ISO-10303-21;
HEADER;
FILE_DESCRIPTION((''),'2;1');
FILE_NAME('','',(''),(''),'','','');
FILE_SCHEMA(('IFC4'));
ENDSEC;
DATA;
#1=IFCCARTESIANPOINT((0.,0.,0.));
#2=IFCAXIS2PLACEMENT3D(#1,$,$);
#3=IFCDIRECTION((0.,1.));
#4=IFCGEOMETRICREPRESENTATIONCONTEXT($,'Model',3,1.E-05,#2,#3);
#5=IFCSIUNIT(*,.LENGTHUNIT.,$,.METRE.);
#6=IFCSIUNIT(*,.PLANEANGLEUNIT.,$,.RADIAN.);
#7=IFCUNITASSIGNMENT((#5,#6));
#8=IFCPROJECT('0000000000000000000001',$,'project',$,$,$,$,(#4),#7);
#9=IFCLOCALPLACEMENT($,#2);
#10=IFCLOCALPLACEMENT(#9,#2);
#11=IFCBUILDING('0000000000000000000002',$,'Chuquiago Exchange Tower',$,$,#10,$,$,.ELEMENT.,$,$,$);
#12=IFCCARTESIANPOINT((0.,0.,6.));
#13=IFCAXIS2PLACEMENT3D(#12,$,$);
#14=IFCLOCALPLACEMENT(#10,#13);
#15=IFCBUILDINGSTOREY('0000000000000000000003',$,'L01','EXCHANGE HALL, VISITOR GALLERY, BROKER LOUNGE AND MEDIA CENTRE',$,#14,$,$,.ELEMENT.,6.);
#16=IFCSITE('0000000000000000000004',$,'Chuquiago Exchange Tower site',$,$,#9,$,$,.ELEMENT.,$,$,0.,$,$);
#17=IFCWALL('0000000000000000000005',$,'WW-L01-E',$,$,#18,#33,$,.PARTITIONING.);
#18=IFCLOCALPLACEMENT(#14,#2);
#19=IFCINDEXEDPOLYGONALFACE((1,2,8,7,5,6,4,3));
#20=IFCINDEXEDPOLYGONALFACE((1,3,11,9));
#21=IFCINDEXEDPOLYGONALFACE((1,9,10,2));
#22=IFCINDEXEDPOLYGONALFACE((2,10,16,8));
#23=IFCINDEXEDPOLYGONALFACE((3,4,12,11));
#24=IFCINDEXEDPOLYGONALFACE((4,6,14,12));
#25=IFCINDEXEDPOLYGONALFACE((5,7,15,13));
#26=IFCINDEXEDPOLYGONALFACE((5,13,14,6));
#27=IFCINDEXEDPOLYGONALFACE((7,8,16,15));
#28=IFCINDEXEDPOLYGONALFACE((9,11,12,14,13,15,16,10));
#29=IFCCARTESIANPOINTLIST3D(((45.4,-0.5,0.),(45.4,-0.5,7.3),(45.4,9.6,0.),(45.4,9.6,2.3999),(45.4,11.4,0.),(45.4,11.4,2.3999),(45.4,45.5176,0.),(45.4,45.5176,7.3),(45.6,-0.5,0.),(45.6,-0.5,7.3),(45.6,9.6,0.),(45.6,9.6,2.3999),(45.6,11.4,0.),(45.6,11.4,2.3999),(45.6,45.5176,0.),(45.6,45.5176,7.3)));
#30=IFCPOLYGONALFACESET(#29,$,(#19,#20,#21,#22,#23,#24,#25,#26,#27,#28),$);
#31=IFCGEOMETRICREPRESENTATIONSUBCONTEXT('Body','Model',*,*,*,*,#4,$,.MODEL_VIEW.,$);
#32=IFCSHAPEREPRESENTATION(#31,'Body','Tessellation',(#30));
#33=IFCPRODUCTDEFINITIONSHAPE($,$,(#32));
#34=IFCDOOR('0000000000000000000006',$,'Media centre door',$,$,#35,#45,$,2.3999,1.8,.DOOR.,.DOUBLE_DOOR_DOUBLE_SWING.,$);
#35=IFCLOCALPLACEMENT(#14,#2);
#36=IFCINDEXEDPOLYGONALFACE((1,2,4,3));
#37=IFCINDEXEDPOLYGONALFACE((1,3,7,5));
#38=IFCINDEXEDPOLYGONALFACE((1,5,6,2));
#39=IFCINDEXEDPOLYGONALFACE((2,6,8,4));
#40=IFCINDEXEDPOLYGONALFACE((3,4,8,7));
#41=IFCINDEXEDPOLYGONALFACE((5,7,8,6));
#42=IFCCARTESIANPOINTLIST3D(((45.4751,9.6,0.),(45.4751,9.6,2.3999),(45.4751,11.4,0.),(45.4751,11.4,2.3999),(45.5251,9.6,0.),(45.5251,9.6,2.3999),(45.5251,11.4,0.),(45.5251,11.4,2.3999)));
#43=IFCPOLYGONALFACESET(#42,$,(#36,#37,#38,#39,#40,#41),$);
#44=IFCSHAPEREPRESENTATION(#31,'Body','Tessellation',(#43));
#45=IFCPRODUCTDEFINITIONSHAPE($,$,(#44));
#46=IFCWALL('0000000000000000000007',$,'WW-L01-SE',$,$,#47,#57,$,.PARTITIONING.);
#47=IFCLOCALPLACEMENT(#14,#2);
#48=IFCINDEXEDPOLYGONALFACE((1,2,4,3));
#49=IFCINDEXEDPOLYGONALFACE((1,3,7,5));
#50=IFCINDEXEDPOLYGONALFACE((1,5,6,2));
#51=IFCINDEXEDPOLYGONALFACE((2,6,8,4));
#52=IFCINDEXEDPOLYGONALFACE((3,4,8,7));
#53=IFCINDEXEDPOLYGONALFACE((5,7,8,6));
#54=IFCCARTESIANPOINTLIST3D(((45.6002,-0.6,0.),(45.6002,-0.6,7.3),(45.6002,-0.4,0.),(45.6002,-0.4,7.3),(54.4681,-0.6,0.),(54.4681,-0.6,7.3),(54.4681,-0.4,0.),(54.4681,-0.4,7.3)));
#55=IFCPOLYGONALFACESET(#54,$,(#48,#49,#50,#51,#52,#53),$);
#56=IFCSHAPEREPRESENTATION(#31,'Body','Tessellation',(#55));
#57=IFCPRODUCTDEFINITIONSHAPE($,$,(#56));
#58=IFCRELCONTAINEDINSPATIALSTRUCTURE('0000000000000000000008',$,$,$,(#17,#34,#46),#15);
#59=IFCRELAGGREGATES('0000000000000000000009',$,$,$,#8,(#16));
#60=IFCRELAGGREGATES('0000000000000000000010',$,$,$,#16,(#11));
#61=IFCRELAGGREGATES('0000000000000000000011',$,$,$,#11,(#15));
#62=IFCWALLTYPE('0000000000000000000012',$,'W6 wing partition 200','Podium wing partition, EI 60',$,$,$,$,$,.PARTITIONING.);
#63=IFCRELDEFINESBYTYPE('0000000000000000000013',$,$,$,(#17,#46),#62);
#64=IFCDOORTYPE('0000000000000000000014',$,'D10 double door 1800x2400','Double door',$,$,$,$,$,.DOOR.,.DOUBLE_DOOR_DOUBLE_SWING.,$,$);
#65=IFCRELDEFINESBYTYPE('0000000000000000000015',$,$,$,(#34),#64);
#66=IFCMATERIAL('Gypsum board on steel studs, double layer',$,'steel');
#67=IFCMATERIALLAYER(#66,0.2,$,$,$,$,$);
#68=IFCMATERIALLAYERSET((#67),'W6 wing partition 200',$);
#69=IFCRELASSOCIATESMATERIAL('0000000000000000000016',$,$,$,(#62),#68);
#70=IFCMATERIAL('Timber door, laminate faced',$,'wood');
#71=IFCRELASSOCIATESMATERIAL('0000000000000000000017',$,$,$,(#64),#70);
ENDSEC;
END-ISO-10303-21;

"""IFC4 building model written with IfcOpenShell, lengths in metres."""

from ifc_helpers import new_model, si_unit, direction, frame, frame_2d, origin, place, context, subcontext, project, spatial, rectangle, extrude, material, layer, layer_set, type_object, element, fill, save


model = new_model("IFC4")

# Units and contexts
model_context = context("Model", 3, precision=1e-05, world=origin(), true_north=direction((0.0, 1.0)))
body_context = subcontext(model_context, "Body", "Model", "MODEL_VIEW")
ifc_project = project(units=[si_unit("LENGTHUNIT", "METRE"), si_unit("PLANEANGLEUNIT", "RADIAN")], contexts=[model_context])

# Site, building, storey
site_placement = place(None, origin())
site = spatial("IfcSite", under=ifc_project, at=site_placement, Name="Chuquiago Exchange Tower site", CompositionType="ELEMENT", RefElevation=0.0)
building_placement = place(site_placement, origin())
building = spatial("IfcBuilding", under=site, at=building_placement, Name="Chuquiago Exchange Tower", CompositionType="ELEMENT")
storey_placement = place(building_placement, frame((0.0, 0.0, 6.0)))
storey = spatial("IfcBuildingStorey", under=building, at=storey_placement, Name="L01", Description="EXCHANGE HALL, VISITOR GALLERY, BROKER LOUNGE AND MEDIA CENTRE", CompositionType="ELEMENT", Elevation=6.0)

# Wall, opening, door
ifc_material_1 = material(Name="Gypsum board on steel studs, double layer", Category="steel")
ifc_layer_1 = layer(ifc_material_1, 0.2)
ifc_layer_set_1 = layer_set([ifc_layer_1], Name="W6 wing partition 200")
wall_type = type_object("IfcWallType", Name="W6 wing partition 200", Description="Podium wing partition, EI 60", PredefinedType="PARTITIONING", material=ifc_layer_set_1)
wall_1_placement = place(storey_placement, frame((45.5, -0.5, 0.0), z_axis=(0.0, 0.0, 1.0), x_axis=(0.0, 1.0, 0.0)))
wall_1 = element("IfcWall", 1, at=wall_1_placement, inside=storey, type_object=wall_type, Name="WW-L01-E", PredefinedType="PARTITIONING", context=body_context, shape_type="SweptSolid", body=[
    extrude(rectangle(XDim=46.0176, YDim=0.2, at=frame_2d((23.0088, 0.0))), origin(), (0.0, 0.0, 1.0), 7.3),
])
opening_placement = place(wall_1_placement, frame((10.1001, 0.0, 0.0)))
opening = element("IfcOpeningElement", 2, at=opening_placement, cuts=wall_1, PredefinedType="OPENING", context=body_context, shape_type="SweptSolid", body=[
    extrude(rectangle(XDim=1.8, YDim=2.3999, at=frame_2d((0.8999, 1.2))), frame((0.0, 0.1099, 0.0), z_axis=(0.0, -1.0, 0.0), x_axis=(1.0, 0.0, 0.0)), (0.0, 0.0, 1.0), 0.22),
])
ifc_material_2 = material(Name="Timber door, laminate faced", Category="wood")
door_type = type_object("IfcDoorType", Name="D10 double door 1800x2400", Description="Double door", OperationType="DOUBLE_DOOR_DOUBLE_SWING", PredefinedType="DOOR", material=ifc_material_2)
door_placement = place(opening_placement, origin())
door = element("IfcDoor", 3, at=door_placement, inside=storey, type_object=door_type, Name="Media centre door", OperationType="DOUBLE_DOOR_DOUBLE_SWING", OverallHeight=2.3999, OverallWidth=1.8, PredefinedType="DOOR", context=body_context, shape_type="SweptSolid", body=[
    extrude(rectangle(XDim=1.8, YDim=2.3999, at=frame_2d((0.8999, 1.2))), frame((0.0, 0.0249, 0.0), z_axis=(0.0, -1.0, 0.0), x_axis=(1.0, 0.0, 0.0)), (0.0, 0.0, 1.0), 0.05),
])
fill(opening, door)

# Wall
wall_2_placement = place(storey_placement, frame((45.6001, -0.5, 0.0), z_axis=(0.0, 0.0, 1.0), x_axis=(1.0, 0.0, 0.0)))
element("IfcWall", 4, at=wall_2_placement, inside=storey, type_object=wall_type, Name="WW-L01-SE", PredefinedType="PARTITIONING", context=body_context, shape_type="SweptSolid", body=[
    extrude(rectangle(XDim=8.8679, YDim=0.2, at=frame_2d((4.4341, 0.0))), origin(), (0.0, 0.0, 1.0), 7.3),
])

save(model, "model.ifc")
